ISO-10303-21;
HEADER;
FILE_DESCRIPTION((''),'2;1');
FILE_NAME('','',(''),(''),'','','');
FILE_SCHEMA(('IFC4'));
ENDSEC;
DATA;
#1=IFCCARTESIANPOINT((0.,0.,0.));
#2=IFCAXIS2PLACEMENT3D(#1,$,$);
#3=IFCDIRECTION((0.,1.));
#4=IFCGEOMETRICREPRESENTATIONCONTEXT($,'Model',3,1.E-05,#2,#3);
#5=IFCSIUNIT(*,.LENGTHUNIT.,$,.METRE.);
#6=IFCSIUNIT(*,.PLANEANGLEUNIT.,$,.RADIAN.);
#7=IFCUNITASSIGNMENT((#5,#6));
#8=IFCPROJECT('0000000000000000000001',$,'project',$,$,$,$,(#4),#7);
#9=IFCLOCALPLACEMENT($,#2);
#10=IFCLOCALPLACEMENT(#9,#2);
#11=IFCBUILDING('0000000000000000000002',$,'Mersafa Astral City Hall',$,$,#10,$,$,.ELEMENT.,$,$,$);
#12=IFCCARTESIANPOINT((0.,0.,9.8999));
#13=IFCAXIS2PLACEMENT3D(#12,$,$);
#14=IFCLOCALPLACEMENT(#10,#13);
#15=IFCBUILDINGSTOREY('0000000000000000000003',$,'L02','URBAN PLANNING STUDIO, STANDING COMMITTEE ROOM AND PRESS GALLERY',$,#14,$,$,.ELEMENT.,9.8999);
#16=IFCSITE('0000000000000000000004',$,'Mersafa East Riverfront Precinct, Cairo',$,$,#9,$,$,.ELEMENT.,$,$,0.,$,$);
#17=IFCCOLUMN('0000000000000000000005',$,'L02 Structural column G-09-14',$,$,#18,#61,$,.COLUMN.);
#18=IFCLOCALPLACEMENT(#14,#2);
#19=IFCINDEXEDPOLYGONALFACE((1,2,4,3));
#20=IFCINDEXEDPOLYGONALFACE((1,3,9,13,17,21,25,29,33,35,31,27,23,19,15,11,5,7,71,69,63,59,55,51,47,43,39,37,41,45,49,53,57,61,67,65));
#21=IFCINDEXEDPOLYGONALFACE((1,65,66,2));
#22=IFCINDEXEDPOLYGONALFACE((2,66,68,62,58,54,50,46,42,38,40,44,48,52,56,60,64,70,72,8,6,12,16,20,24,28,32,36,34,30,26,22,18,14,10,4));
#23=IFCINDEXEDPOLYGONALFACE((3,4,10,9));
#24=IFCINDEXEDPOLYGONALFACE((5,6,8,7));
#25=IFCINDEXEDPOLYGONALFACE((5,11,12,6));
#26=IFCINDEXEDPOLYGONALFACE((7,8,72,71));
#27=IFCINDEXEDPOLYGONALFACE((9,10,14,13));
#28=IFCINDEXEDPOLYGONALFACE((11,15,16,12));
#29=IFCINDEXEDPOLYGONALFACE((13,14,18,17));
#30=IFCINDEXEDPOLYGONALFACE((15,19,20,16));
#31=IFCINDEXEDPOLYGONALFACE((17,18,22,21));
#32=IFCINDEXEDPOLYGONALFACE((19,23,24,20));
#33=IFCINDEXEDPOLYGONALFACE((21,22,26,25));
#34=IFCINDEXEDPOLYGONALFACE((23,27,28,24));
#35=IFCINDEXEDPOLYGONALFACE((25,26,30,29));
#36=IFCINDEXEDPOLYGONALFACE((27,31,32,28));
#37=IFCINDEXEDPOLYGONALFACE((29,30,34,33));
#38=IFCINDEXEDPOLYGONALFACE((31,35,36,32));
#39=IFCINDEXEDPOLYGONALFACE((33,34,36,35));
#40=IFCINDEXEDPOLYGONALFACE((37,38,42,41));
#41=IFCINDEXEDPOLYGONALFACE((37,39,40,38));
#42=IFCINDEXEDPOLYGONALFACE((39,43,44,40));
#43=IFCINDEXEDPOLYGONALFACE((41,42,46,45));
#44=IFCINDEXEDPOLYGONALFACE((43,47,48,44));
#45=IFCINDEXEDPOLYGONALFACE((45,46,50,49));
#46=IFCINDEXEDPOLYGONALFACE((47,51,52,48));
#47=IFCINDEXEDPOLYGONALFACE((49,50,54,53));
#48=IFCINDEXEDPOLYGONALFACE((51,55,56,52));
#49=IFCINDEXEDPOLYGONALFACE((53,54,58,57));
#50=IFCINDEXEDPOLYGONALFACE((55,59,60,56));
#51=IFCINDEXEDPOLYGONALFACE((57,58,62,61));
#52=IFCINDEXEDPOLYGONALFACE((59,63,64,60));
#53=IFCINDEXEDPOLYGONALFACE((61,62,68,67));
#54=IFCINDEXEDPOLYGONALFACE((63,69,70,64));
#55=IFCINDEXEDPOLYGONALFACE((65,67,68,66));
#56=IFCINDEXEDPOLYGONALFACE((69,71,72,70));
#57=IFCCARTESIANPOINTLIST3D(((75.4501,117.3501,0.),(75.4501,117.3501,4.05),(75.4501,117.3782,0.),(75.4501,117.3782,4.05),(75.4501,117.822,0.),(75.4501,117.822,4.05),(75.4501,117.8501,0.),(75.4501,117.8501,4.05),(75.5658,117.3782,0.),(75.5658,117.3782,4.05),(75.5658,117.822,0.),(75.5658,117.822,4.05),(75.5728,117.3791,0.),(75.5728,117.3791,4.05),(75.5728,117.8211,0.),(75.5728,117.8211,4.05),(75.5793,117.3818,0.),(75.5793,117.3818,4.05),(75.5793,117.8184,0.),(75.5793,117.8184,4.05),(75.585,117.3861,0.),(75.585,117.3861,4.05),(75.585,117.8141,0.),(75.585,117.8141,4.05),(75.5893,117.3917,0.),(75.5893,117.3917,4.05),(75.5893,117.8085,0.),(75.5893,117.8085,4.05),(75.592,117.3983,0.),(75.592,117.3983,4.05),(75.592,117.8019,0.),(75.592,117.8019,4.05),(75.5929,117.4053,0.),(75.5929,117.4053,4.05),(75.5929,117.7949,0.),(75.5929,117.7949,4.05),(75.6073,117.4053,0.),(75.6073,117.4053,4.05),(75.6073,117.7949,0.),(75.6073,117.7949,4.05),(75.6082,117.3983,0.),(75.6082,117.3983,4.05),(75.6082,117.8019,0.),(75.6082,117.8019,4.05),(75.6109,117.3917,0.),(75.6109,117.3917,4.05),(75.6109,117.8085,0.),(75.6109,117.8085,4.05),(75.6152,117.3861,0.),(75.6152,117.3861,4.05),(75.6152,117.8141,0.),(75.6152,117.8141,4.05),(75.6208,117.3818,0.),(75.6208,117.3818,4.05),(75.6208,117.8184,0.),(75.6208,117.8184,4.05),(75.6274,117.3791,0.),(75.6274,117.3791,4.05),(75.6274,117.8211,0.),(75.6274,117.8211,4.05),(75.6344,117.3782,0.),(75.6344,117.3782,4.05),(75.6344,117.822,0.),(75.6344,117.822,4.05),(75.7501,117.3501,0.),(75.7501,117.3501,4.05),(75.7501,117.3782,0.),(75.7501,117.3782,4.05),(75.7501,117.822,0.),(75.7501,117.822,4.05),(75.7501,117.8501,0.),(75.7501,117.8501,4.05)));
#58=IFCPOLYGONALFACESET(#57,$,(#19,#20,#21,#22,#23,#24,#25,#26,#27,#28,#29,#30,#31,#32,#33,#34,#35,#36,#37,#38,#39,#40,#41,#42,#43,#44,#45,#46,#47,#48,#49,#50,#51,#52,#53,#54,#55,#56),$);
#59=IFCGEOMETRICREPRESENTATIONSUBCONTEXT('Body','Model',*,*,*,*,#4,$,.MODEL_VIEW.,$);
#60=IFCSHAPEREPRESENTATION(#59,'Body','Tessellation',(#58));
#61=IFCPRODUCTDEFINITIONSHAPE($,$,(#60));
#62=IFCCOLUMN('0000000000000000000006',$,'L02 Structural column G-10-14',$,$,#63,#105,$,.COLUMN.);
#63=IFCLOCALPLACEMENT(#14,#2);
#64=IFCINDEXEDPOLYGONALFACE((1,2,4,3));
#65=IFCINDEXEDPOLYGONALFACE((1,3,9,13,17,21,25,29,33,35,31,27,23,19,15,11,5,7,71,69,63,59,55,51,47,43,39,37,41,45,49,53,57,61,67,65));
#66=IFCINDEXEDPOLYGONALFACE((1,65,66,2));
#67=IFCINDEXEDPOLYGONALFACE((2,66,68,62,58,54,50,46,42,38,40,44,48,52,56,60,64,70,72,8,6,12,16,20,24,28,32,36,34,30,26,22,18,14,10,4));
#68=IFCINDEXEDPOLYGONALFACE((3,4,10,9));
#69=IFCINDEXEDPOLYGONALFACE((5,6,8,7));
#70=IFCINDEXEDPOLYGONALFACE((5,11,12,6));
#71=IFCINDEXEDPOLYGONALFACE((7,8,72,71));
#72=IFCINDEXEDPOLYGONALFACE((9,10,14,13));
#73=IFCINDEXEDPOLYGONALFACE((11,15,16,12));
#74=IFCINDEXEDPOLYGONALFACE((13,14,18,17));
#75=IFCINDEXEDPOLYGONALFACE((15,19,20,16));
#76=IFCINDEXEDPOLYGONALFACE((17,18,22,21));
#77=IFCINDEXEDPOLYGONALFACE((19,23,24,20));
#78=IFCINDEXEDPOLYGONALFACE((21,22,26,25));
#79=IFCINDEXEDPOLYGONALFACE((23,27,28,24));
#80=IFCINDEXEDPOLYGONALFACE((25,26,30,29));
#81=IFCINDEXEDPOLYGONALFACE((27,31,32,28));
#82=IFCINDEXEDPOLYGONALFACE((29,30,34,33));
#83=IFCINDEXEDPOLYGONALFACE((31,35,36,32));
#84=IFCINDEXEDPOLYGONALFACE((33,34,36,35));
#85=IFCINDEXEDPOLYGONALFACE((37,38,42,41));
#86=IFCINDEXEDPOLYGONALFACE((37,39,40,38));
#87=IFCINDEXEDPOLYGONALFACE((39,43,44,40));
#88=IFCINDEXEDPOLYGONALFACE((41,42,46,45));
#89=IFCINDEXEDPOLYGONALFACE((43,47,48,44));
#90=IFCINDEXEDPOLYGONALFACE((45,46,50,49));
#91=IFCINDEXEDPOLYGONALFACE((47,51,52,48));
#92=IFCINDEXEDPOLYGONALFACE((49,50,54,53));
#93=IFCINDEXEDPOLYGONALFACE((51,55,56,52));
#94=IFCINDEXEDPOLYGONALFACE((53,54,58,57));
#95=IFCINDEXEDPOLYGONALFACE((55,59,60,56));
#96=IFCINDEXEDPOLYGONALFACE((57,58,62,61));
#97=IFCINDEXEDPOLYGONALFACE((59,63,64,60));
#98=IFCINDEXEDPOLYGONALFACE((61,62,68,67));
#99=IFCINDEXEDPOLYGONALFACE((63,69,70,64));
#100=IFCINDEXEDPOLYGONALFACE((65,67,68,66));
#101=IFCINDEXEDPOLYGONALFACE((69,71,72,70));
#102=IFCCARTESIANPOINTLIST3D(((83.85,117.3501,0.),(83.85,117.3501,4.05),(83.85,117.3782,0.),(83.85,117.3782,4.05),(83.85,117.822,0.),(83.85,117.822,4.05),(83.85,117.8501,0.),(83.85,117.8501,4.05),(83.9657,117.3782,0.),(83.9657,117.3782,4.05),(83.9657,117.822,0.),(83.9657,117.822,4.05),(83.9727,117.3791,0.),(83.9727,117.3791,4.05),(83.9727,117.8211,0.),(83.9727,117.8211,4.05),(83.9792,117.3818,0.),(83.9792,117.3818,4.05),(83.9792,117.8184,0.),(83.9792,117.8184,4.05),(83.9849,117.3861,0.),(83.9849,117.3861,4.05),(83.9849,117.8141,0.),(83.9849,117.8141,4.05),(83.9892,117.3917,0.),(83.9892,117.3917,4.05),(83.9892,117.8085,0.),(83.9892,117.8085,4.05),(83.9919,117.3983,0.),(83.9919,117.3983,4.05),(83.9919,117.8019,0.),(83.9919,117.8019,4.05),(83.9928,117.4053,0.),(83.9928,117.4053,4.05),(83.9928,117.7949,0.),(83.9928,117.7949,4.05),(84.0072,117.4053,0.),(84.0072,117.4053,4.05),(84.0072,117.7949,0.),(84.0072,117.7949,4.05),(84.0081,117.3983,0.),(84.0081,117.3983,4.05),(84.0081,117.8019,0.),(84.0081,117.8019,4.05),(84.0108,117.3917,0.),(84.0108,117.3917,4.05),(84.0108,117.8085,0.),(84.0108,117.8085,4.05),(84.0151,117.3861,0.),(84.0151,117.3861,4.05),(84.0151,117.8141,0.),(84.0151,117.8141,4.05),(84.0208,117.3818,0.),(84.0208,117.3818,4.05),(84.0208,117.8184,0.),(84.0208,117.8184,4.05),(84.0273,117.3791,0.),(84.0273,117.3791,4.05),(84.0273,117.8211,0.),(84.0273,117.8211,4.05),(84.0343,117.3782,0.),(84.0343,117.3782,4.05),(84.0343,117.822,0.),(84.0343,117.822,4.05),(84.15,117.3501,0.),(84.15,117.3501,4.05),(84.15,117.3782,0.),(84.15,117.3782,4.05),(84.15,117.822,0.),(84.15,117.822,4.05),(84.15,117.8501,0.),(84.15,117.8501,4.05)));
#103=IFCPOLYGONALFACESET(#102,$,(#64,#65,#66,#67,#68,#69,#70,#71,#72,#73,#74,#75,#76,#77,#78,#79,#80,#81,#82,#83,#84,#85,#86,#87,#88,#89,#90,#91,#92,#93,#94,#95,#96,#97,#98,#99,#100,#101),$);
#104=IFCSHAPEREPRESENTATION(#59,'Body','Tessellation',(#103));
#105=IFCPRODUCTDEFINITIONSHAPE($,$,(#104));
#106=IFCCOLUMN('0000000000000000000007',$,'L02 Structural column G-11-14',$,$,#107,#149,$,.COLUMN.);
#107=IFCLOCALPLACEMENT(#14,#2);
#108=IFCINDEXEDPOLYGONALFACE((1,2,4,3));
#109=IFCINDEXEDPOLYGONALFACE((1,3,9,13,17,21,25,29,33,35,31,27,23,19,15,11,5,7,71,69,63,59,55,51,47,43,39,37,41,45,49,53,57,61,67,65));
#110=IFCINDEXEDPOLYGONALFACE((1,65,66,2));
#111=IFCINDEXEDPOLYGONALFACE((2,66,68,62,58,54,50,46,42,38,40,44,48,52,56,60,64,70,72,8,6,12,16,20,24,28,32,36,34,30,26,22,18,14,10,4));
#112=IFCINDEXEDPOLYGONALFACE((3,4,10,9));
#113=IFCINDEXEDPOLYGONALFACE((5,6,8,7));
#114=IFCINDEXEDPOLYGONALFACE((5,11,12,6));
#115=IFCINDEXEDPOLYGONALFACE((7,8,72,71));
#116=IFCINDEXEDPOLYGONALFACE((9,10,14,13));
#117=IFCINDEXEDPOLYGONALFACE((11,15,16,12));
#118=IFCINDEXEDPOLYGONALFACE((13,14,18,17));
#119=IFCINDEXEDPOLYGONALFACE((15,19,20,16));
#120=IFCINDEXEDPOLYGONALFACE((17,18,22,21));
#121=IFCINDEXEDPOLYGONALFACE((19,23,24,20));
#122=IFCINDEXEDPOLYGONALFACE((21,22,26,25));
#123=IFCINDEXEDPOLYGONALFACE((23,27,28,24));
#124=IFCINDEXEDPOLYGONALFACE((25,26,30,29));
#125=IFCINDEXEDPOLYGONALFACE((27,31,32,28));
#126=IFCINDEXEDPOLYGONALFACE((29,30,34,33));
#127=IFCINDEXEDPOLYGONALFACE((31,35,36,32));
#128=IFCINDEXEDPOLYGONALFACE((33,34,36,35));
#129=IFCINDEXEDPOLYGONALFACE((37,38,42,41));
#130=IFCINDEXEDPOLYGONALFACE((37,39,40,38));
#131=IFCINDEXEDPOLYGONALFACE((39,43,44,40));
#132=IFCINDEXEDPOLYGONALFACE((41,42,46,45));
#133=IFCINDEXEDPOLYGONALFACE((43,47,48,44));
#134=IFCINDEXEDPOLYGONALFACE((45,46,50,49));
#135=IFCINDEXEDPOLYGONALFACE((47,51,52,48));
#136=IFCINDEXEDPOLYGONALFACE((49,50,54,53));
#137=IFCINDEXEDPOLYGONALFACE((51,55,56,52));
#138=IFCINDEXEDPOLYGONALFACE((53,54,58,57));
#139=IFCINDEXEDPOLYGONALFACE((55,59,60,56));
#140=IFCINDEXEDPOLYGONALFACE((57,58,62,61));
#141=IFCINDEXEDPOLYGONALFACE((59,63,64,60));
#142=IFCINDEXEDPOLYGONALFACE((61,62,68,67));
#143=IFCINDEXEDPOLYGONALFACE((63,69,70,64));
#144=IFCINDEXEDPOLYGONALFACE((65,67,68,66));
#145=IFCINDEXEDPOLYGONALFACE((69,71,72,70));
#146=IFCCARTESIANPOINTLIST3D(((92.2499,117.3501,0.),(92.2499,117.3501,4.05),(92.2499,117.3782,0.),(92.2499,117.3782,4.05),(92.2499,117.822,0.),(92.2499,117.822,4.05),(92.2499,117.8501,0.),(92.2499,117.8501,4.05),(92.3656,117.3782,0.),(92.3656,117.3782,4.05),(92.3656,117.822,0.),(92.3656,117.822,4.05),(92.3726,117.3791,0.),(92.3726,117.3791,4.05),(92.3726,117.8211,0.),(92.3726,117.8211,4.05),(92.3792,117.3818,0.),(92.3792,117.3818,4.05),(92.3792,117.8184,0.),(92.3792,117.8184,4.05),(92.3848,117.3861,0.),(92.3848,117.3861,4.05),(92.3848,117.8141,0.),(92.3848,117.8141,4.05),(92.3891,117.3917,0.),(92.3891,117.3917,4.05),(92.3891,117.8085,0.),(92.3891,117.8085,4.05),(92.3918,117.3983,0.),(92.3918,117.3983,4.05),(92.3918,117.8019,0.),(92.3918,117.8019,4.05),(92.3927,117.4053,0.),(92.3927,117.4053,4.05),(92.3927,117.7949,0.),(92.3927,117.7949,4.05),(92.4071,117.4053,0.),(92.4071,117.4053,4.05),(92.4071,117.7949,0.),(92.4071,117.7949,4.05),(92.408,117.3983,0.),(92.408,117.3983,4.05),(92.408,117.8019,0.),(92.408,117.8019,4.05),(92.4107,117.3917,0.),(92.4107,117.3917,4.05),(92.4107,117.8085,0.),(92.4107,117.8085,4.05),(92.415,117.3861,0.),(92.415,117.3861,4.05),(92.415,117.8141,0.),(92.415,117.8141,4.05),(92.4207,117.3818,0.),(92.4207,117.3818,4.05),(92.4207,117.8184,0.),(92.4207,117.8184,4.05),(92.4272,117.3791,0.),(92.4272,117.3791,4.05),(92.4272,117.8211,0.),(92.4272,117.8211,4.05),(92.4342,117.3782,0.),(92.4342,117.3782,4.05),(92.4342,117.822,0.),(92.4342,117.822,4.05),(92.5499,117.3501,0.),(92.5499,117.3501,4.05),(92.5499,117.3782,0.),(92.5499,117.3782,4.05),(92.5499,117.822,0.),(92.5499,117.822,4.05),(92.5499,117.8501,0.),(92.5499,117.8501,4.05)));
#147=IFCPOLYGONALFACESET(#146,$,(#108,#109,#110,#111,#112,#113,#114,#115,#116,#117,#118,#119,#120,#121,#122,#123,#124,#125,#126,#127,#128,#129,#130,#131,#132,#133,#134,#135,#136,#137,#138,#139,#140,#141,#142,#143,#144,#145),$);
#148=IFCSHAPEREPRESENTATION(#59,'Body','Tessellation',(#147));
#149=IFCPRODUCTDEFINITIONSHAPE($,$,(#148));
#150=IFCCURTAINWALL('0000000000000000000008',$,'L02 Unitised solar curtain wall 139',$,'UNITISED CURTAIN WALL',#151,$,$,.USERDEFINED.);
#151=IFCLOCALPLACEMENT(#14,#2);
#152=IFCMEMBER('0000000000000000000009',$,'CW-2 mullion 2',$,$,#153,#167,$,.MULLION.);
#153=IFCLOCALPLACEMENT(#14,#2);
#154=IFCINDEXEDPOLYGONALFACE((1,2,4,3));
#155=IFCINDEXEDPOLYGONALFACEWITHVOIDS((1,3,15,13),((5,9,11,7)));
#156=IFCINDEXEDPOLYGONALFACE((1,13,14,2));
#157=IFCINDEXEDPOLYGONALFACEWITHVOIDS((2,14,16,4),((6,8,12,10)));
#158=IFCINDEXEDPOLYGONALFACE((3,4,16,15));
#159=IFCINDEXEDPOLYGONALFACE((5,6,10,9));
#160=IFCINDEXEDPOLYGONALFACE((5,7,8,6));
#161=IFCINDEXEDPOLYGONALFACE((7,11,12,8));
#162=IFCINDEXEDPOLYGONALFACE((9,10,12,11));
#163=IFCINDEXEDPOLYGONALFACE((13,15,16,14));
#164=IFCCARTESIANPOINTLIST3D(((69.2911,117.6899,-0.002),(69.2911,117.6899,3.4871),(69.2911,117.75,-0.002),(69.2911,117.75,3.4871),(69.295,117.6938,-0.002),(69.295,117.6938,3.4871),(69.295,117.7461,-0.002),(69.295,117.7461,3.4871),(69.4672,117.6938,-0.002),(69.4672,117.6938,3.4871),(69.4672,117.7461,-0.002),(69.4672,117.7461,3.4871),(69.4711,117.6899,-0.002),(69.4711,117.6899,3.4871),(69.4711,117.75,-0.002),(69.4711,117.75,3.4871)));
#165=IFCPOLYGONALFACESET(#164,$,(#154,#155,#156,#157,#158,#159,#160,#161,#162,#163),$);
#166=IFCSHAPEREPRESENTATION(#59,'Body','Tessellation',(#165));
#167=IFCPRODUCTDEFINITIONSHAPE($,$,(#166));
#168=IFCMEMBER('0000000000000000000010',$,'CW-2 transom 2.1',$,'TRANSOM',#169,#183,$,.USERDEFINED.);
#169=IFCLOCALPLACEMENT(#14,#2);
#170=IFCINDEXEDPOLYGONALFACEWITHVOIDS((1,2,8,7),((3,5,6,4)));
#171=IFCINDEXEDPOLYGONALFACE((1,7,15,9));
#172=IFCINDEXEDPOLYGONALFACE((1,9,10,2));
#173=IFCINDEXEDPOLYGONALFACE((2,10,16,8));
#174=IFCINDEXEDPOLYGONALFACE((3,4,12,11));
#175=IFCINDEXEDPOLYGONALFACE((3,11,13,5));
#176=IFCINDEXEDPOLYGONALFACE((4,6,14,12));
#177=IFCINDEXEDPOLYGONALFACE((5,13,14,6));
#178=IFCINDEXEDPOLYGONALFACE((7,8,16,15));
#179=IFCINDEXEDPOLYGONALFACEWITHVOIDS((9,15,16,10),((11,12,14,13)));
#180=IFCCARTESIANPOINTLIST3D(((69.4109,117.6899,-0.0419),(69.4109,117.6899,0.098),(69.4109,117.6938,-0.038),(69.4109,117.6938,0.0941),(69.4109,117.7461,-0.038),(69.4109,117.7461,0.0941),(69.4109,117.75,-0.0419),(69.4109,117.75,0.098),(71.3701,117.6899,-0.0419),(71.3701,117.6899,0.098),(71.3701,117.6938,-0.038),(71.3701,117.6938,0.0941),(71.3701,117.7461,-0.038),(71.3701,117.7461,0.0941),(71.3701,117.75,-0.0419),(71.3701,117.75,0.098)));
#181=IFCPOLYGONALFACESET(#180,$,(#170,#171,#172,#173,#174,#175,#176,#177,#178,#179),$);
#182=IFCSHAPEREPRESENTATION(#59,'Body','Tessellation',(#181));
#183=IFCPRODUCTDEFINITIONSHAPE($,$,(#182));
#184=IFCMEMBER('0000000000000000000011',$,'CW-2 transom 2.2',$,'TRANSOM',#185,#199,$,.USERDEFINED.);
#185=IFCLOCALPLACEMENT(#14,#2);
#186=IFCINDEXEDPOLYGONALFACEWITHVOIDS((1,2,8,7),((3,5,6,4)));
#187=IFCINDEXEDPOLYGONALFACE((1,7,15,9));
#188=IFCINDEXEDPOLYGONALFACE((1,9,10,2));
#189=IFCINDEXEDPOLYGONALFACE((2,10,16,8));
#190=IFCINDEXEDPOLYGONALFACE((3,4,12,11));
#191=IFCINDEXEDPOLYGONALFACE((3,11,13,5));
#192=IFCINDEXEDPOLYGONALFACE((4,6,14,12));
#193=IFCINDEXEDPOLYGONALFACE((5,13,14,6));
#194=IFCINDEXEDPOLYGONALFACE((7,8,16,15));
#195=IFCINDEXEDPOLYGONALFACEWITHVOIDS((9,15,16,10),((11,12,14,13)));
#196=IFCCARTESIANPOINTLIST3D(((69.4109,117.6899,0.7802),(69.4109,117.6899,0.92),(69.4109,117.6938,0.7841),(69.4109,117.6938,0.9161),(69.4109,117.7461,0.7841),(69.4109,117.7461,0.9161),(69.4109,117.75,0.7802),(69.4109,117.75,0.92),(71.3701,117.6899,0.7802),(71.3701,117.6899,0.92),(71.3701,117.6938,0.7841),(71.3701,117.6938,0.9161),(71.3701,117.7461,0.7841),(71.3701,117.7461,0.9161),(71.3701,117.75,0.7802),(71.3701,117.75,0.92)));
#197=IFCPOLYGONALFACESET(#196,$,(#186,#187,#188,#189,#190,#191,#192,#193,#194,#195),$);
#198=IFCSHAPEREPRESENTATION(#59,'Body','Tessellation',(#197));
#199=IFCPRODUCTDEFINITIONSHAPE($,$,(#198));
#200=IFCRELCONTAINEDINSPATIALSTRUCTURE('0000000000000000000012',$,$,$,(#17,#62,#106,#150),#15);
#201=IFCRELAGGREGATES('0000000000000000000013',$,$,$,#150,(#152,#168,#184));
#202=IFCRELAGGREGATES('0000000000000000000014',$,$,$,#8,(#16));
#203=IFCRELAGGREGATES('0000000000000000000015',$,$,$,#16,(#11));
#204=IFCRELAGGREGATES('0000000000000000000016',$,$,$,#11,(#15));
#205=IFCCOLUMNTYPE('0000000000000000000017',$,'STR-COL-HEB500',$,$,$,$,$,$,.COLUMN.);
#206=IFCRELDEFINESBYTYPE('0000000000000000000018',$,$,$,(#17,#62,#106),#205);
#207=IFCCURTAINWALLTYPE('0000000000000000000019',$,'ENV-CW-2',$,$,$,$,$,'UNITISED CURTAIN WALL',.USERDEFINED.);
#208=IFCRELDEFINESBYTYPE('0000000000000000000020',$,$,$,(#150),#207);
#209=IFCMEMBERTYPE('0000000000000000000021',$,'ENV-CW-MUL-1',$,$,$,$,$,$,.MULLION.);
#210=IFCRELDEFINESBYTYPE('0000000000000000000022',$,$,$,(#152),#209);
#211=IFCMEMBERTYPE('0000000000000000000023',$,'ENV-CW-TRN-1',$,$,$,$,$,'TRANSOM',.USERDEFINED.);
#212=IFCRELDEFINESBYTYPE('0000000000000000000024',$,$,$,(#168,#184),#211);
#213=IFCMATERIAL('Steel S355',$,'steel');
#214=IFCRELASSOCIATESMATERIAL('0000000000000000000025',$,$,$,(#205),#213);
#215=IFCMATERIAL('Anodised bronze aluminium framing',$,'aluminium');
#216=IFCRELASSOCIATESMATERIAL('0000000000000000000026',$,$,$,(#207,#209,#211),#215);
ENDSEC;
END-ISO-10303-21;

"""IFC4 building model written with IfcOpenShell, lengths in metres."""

from ifc_helpers import new_model, si_unit, direction, frame, origin, origin_2d, place, context, subcontext, project, spatial, hollow_rectangle, i_section, extrude, material, material_profile, profile_set, type_object, element, aggregate, save


model = new_model("IFC4")

# Units and contexts
model_context = context("Model", 3, precision=1e-05, world=origin(), true_north=direction((0.0, 1.0)))
body_context = subcontext(model_context, "Body", "Model", "MODEL_VIEW")
ifc_project = project(units=[si_unit("LENGTHUNIT", "METRE"), si_unit("PLANEANGLEUNIT", "RADIAN")], contexts=[model_context])

# Site, building, storey
site_placement = place(None, origin())
site = spatial("IfcSite", under=ifc_project, at=site_placement, Name="Mersafa East Riverfront Precinct, Cairo", CompositionType="ELEMENT", RefElevation=0.0)
building_placement = place(site_placement, origin())
building = spatial("IfcBuilding", under=site, at=building_placement, Name="Mersafa Astral City Hall", CompositionType="ELEMENT")
storey_placement = place(building_placement, frame((0.0, 0.0, 9.8999)))
storey = spatial("IfcBuildingStorey", under=building, at=storey_placement, Name="L02", Description="URBAN PLANNING STUDIO, STANDING COMMITTEE ROOM AND PRESS GALLERY", CompositionType="ELEMENT", Elevation=9.8999)

# Columns
ifc_material_1 = material(Name="Steel S355", Category="steel")
ifc_material_profile_1 = material_profile(ifc_material_1, i_section(OverallWidth=0.3, OverallDepth=0.5, WebThickness=0.0144, FlangeThickness=0.0281, FilletRadius=0.0271, at=origin_2d()), Name="HEB 500")
ifc_profile_set_1 = profile_set([ifc_material_profile_1], Name="Steel S355")
column_type = type_object("IfcColumnType", Name="STR-COL-HEB500", PredefinedType="COLUMN", material=ifc_profile_set_1)
for number, where, z_axis, x_axis, name in (
    (1, (75.6001, 117.6001, 0.0), (0.0, 0.0, 1.0), (1.0, 0.0, 0.0), "L02 Structural column G-09-14"),
    (2, (84.0, 117.6001, 0.0), (0.0, 0.0, 1.0), (1.0, 0.0, 0.0), "L02 Structural column G-10-14"),
    (3, (92.3999, 117.6001, 0.0), (0.0, 0.0, 1.0), (1.0, 0.0, 0.0), "L02 Structural column G-11-14"),
):
    element("IfcColumn", number, at=place(storey_placement, frame(where, z_axis=z_axis, x_axis=x_axis)), inside=storey, type_object=column_type, Name=name, PredefinedType="COLUMN", context=body_context, shape_type="SweptSolid", body=[
        extrude(i_section(OverallWidth=0.3, OverallDepth=0.5, WebThickness=0.0144, FlangeThickness=0.0281, FilletRadius=0.0271, at=origin_2d()), origin(), (0.0, 0.0, 1.0), 4.05),
    ])

# Curtain wall, members
ifc_material_2 = material(Name="Anodised bronze aluminium framing", Category="aluminium")
curtain_wall_type = type_object("IfcCurtainWallType", Name="ENV-CW-2", ElementType="UNITISED CURTAIN WALL", PredefinedType="USERDEFINED", material=ifc_material_2)
curtain_wall_placement = place(storey_placement, origin())
curtain_wall = element("IfcCurtainWall", 4, at=curtain_wall_placement, inside=storey, type_object=curtain_wall_type, Name="L02 Unitised solar curtain wall 139", ObjectType="UNITISED CURTAIN WALL", PredefinedType="USERDEFINED")
ifc_material_profile_2 = material_profile(ifc_material_2, hollow_rectangle(XDim=0.0601, YDim=0.1799, WallThickness=0.0039, at=origin_2d()), Name="RHS 60x180x4")
ifc_profile_set_2 = profile_set([ifc_material_profile_2], Name="Anodised bronze aluminium framing")
member_type_1 = type_object("IfcMemberType", Name="ENV-CW-MUL-1", PredefinedType="MULLION", material=ifc_profile_set_2)
member_1_placement = place(storey_placement, frame((69.3811, 117.72, -0.002), z_axis=(0.0, 0.0, 1.0), x_axis=(0.0, 1.0, 0.0)))
member_1 = element("IfcMember", 5, at=member_1_placement, type_object=member_type_1, Name="CW-2 mullion 2", PredefinedType="MULLION", context=body_context, shape_type="SweptSolid", body=[
    extrude(hollow_rectangle(XDim=0.0601, YDim=0.1799, WallThickness=0.0039, at=origin_2d()), origin(), (0.0, 0.0, 1.0), 3.489),
])
ifc_material_profile_3 = material_profile(ifc_material_2, hollow_rectangle(XDim=0.0601, YDim=0.1399, WallThickness=0.0039, at=origin_2d()), Name="RHS 60x140x4")
ifc_profile_set_3 = profile_set([ifc_material_profile_3], Name="Anodised bronze aluminium framing")
member_type_2 = type_object("IfcMemberType", Name="ENV-CW-TRN-1", ElementType="TRANSOM", PredefinedType="USERDEFINED", material=ifc_profile_set_3)
member_2_placement = place(storey_placement, frame((69.4109, 117.72, 0.0281), z_axis=(1.0, 0.0, 0.0), x_axis=(0.0, 1.0, 0.0)))
member_2 = element("IfcMember", 6, at=member_2_placement, type_object=member_type_2, Name="CW-2 transom 2.1", ObjectType="TRANSOM", PredefinedType="USERDEFINED", context=body_context, shape_type="SweptSolid", body=[
    extrude(hollow_rectangle(XDim=0.0601, YDim=0.1399, WallThickness=0.0039, at=origin_2d()), origin(), (0.0, 0.0, 1.0), 1.9592),
])
member_3_placement = place(storey_placement, frame((69.4109, 117.72, 0.8501), z_axis=(1.0, 0.0, 0.0), x_axis=(0.0, 1.0, 0.0)))
member_3 = element("IfcMember", 7, at=member_3_placement, type_object=member_type_2, Name="CW-2 transom 2.2", ObjectType="TRANSOM", PredefinedType="USERDEFINED", context=body_context, shape_type="SweptSolid", body=[
    extrude(hollow_rectangle(XDim=0.0601, YDim=0.1399, WallThickness=0.0039, at=origin_2d()), origin(), (0.0, 0.0, 1.0), 1.9592),
])

aggregate(curtain_wall, [member_1, member_2, member_3])

save(model, "model.ifc")
